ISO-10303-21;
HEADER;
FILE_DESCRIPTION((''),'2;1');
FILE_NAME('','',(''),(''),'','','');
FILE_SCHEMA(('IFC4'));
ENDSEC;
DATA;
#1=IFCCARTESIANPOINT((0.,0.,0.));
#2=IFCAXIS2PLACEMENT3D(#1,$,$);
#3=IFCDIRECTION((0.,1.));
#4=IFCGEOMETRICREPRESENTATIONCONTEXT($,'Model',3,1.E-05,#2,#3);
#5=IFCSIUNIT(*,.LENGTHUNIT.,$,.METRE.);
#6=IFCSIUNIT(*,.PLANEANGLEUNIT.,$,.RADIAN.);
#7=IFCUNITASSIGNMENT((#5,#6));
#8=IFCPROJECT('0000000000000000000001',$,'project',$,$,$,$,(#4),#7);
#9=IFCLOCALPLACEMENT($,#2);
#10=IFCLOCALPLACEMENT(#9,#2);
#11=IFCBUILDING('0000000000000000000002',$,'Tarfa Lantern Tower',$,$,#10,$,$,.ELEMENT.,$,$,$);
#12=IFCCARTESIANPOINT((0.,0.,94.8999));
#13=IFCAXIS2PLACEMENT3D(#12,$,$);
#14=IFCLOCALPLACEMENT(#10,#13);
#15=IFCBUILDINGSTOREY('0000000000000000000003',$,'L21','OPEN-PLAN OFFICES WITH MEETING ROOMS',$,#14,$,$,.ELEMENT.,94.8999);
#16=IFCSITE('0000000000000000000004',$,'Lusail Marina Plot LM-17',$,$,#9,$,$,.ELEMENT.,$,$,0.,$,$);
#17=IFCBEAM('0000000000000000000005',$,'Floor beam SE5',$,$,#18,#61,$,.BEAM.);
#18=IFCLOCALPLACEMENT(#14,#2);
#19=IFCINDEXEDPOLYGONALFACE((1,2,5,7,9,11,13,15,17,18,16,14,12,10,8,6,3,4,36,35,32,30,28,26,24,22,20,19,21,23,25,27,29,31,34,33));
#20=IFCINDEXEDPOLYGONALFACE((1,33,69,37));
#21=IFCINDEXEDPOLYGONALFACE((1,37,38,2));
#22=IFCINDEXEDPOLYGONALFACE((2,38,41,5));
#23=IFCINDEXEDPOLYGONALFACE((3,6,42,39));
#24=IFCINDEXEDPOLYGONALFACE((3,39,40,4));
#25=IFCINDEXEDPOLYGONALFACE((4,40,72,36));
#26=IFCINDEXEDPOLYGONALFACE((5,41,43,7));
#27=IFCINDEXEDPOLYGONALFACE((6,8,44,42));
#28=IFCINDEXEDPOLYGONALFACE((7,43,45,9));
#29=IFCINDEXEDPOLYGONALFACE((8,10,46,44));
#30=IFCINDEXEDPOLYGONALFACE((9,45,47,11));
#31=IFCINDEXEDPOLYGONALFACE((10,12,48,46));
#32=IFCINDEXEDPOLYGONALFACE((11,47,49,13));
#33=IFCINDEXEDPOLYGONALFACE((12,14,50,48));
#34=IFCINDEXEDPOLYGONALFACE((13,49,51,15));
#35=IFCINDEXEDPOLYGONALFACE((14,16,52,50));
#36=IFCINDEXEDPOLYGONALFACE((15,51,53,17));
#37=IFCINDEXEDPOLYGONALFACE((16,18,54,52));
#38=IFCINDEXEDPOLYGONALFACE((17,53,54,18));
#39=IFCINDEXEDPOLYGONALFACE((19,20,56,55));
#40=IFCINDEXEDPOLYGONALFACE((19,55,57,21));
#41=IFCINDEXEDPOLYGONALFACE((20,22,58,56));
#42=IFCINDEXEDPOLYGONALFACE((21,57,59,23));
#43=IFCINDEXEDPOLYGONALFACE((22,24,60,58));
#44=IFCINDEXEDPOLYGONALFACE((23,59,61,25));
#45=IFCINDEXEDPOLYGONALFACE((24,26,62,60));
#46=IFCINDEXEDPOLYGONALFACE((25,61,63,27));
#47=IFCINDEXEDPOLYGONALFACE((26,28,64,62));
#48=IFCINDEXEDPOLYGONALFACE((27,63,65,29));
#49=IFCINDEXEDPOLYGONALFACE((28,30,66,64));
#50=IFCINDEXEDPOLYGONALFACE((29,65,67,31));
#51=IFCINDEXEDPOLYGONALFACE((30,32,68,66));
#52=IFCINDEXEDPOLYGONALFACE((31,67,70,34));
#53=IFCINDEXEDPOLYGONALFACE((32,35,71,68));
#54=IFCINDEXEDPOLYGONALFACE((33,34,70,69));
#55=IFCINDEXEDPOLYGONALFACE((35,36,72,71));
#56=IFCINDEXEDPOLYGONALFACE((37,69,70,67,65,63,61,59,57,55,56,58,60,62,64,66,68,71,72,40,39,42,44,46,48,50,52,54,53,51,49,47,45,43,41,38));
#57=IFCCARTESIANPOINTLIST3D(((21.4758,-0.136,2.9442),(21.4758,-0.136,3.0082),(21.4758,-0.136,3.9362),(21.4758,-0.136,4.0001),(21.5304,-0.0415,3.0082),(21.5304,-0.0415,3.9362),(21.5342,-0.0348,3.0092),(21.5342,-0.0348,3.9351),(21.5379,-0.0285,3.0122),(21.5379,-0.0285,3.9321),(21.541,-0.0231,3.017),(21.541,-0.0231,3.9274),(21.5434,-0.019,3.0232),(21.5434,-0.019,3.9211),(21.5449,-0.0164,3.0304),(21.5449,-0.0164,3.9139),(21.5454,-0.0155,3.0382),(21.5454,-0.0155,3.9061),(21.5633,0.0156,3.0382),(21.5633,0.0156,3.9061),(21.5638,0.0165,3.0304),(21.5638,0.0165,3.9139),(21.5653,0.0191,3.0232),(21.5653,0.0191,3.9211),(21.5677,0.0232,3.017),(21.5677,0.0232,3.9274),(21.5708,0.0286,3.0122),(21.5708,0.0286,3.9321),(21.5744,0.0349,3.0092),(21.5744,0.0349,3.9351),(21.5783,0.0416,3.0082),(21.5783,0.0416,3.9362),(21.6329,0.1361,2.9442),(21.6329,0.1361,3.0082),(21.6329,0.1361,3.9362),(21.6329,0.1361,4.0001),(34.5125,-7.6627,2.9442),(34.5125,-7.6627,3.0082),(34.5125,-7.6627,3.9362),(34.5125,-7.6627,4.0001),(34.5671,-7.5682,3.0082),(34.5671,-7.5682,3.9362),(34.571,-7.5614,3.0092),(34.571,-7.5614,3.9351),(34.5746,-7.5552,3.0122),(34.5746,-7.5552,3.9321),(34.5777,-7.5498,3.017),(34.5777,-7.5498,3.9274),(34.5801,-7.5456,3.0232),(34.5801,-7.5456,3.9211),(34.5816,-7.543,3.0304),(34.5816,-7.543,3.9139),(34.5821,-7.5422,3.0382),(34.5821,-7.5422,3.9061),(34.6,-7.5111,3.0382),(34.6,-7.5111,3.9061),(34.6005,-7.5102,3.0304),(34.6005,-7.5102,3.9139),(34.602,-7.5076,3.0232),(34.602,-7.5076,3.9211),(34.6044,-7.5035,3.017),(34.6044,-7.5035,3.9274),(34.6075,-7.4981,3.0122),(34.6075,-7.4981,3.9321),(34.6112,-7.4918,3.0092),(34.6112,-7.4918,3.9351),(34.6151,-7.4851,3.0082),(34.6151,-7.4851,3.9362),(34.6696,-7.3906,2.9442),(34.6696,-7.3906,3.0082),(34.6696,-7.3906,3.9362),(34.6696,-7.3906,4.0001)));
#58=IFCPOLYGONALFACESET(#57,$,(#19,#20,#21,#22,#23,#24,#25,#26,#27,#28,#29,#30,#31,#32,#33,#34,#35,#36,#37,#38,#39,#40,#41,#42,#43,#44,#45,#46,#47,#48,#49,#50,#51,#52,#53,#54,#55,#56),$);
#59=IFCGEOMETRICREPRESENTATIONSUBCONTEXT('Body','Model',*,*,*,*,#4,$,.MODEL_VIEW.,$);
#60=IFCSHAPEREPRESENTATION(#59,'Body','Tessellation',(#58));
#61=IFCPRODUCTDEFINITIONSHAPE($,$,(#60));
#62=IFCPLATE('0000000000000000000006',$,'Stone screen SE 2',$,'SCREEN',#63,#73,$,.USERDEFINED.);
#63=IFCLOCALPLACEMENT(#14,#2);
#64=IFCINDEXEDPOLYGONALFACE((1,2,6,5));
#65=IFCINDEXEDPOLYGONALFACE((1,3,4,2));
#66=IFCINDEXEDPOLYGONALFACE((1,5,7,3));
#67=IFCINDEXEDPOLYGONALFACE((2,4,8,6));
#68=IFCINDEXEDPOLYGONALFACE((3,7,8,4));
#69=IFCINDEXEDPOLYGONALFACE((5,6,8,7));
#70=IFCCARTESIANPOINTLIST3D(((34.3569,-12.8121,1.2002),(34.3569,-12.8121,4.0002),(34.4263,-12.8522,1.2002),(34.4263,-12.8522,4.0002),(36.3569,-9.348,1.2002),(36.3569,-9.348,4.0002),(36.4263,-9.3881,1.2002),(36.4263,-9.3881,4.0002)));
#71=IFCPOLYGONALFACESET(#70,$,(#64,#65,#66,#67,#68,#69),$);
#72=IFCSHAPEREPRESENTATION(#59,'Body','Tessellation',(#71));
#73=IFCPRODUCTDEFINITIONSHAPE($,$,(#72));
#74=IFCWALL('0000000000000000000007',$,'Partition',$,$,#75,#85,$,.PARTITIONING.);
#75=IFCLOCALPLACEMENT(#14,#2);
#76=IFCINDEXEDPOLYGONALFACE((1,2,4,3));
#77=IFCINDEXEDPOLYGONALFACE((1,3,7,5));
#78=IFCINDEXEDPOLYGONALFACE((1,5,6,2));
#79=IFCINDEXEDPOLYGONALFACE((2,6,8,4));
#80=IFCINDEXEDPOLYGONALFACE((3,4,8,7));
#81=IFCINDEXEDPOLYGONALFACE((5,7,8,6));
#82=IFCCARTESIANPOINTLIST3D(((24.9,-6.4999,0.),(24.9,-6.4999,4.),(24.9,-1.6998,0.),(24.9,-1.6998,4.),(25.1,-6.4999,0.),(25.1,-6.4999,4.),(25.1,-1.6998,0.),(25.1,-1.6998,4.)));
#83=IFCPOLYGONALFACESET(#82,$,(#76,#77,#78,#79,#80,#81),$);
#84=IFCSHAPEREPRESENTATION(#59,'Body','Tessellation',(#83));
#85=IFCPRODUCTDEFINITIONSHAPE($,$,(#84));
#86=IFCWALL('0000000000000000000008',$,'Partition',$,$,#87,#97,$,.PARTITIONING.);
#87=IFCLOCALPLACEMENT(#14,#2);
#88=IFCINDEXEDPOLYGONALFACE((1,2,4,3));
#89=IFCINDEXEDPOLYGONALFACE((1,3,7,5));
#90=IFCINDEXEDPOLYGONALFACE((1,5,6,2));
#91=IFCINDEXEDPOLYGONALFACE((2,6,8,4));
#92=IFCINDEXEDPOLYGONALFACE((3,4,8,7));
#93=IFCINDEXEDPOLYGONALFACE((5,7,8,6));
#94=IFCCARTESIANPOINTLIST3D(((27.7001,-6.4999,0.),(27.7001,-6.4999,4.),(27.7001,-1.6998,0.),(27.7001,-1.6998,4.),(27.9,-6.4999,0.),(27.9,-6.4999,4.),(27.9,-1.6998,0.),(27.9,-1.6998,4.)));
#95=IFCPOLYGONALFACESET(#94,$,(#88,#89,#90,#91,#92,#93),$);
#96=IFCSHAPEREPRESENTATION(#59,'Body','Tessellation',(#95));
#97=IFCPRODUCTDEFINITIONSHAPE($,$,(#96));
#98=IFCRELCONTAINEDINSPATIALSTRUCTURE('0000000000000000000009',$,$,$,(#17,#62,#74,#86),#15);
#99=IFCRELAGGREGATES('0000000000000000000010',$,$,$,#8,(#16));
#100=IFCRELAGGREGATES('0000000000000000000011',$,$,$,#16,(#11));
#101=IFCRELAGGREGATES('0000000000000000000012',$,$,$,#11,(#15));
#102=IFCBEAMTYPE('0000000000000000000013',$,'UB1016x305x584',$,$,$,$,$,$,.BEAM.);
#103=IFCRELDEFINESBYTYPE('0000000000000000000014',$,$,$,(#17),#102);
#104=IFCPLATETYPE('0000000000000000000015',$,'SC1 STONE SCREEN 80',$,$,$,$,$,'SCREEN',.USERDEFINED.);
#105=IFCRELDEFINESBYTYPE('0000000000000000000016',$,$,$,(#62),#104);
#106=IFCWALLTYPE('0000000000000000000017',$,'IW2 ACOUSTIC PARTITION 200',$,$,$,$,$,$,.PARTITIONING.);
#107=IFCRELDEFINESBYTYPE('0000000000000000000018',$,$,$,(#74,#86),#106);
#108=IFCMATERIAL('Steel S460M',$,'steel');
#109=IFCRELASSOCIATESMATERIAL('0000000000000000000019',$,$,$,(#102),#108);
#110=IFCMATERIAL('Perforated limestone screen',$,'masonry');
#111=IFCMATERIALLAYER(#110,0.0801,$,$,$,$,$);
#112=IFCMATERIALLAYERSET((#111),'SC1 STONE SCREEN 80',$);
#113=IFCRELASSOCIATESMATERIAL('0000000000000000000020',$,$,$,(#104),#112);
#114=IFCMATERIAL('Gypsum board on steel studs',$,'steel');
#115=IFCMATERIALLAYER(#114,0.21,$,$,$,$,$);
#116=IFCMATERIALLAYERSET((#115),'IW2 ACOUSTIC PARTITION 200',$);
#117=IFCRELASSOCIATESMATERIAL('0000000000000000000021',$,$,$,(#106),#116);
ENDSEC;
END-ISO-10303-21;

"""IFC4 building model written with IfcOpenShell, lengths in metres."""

from ifc_helpers import new_model, si_unit, direction, frame, frame_2d, origin, origin_2d, place, context, subcontext, project, spatial, rectangle, i_section, extrude, material, layer, layer_set, material_profile, profile_set, type_object, element, save


model = new_model("IFC4")

# Units and contexts
model_context = context("Model", 3, precision=1e-05, world=origin(), true_north=direction((0.0, 1.0)))
body_context = subcontext(model_context, "Body", "Model", "MODEL_VIEW")
ifc_project = project(units=[si_unit("LENGTHUNIT", "METRE"), si_unit("PLANEANGLEUNIT", "RADIAN")], contexts=[model_context])

# Site, building, storey
site_placement = place(None, origin())
site = spatial("IfcSite", under=ifc_project, at=site_placement, Name="Lusail Marina Plot LM-17", CompositionType="ELEMENT", RefElevation=0.0)
building_placement = place(site_placement, origin())
building = spatial("IfcBuilding", under=site, at=building_placement, Name="Tarfa Lantern Tower", CompositionType="ELEMENT")
storey_placement = place(building_placement, frame((0.0, 0.0, 94.8999)))
storey = spatial("IfcBuildingStorey", under=building, at=storey_placement, Name="L21", Description="OPEN-PLAN OFFICES WITH MEETING ROOMS", CompositionType="ELEMENT", Elevation=94.8999)

# Beam
ifc_material_1 = material(Name="Steel S460M", Category="steel")
ifc_material_profile_1 = material_profile(ifc_material_1, i_section(OverallWidth=0.3142, OverallDepth=1.0559, WebThickness=0.0359, FlangeThickness=0.064, FilletRadius=0.03, at=origin_2d()), Name="UB1016x305x584")
ifc_profile_set_1 = profile_set([ifc_material_profile_1], Name="Steel S460M")
beam_type_1 = type_object("IfcBeamType", Name="UB1016x305x584", PredefinedType="BEAM", material=ifc_profile_set_1)
beam_1_placement = place(storey_placement, frame((34.5911, -7.5266, 3.4722), z_axis=(-0.866028, 0.499996, 0.0), x_axis=(-0.499996, -0.866028, 0.0)))
element("IfcBeam", 1, at=beam_1_placement, inside=storey, type_object=beam_type_1, Name="Floor beam SE5", PredefinedType="BEAM", context=body_context, shape_type="SweptSolid", body=[
    extrude(i_section(OverallWidth=0.3142, OverallDepth=1.0559, WebThickness=0.0359, FlangeThickness=0.064, FilletRadius=0.03, at=origin_2d()), origin(), (0.0, 0.0, 1.0), 15.0535),
])

# Plate
ifc_material_2 = material(Name="Perforated limestone screen", Category="masonry")
ifc_layer_1 = layer(ifc_material_2, 0.0801)
ifc_layer_set_1 = layer_set([ifc_layer_1], Name="SC1 STONE SCREEN 80")
plate_type = type_object("IfcPlateType", Name="SC1 STONE SCREEN 80", ElementType="SCREEN", PredefinedType="USERDEFINED", material=ifc_layer_set_1)
plate_placement = place(storey_placement, frame((35.3916, -11.1001, 1.2002), z_axis=(0.0, 0.0, 1.0), x_axis=(0.5, 0.866025, 0.0)))
element("IfcPlate", 2, at=plate_placement, inside=storey, type_object=plate_type, Name="Stone screen SE 2", ObjectType="SCREEN", PredefinedType="USERDEFINED", context=body_context, shape_type="SweptSolid", body=[
    extrude(rectangle(XDim=4.0, YDim=0.0801, at=origin_2d()), origin(), (0.0, 0.0, 1.0), 2.8),
])

# Walls
ifc_material_3 = material(Name="Gypsum board on steel studs", Category="steel")
ifc_layer_2 = layer(ifc_material_3, 0.21)
ifc_layer_set_2 = layer_set([ifc_layer_2], Name="IW2 ACOUSTIC PARTITION 200")
wall_type = type_object("IfcWallType", Name="IW2 ACOUSTIC PARTITION 200", PredefinedType="PARTITIONING", material=ifc_layer_set_2)
for number, where, z_axis, x_axis, name in (
    (3, (25.0, -1.7, 0.0), (0.0, 0.0, 1.0), (0.0, -1.0, 0.0), "Partition"),
    (4, (27.8, -1.7, 0.0), (0.0, 0.0, 1.0), (0.0, -1.0, 0.0), "Partition"),
):
    element("IfcWall", number, at=place(storey_placement, frame(where, z_axis=z_axis, x_axis=x_axis)), inside=storey, type_object=wall_type, Name=name, PredefinedType="PARTITIONING", context=body_context, shape_type="SweptSolid", body=[
        extrude(rectangle(XDim=4.8, YDim=0.2, at=frame_2d((2.3999, 0.0))), origin(), (0.0, 0.0, 1.0), 4.0),
    ])

save(model, "model.ifc")
